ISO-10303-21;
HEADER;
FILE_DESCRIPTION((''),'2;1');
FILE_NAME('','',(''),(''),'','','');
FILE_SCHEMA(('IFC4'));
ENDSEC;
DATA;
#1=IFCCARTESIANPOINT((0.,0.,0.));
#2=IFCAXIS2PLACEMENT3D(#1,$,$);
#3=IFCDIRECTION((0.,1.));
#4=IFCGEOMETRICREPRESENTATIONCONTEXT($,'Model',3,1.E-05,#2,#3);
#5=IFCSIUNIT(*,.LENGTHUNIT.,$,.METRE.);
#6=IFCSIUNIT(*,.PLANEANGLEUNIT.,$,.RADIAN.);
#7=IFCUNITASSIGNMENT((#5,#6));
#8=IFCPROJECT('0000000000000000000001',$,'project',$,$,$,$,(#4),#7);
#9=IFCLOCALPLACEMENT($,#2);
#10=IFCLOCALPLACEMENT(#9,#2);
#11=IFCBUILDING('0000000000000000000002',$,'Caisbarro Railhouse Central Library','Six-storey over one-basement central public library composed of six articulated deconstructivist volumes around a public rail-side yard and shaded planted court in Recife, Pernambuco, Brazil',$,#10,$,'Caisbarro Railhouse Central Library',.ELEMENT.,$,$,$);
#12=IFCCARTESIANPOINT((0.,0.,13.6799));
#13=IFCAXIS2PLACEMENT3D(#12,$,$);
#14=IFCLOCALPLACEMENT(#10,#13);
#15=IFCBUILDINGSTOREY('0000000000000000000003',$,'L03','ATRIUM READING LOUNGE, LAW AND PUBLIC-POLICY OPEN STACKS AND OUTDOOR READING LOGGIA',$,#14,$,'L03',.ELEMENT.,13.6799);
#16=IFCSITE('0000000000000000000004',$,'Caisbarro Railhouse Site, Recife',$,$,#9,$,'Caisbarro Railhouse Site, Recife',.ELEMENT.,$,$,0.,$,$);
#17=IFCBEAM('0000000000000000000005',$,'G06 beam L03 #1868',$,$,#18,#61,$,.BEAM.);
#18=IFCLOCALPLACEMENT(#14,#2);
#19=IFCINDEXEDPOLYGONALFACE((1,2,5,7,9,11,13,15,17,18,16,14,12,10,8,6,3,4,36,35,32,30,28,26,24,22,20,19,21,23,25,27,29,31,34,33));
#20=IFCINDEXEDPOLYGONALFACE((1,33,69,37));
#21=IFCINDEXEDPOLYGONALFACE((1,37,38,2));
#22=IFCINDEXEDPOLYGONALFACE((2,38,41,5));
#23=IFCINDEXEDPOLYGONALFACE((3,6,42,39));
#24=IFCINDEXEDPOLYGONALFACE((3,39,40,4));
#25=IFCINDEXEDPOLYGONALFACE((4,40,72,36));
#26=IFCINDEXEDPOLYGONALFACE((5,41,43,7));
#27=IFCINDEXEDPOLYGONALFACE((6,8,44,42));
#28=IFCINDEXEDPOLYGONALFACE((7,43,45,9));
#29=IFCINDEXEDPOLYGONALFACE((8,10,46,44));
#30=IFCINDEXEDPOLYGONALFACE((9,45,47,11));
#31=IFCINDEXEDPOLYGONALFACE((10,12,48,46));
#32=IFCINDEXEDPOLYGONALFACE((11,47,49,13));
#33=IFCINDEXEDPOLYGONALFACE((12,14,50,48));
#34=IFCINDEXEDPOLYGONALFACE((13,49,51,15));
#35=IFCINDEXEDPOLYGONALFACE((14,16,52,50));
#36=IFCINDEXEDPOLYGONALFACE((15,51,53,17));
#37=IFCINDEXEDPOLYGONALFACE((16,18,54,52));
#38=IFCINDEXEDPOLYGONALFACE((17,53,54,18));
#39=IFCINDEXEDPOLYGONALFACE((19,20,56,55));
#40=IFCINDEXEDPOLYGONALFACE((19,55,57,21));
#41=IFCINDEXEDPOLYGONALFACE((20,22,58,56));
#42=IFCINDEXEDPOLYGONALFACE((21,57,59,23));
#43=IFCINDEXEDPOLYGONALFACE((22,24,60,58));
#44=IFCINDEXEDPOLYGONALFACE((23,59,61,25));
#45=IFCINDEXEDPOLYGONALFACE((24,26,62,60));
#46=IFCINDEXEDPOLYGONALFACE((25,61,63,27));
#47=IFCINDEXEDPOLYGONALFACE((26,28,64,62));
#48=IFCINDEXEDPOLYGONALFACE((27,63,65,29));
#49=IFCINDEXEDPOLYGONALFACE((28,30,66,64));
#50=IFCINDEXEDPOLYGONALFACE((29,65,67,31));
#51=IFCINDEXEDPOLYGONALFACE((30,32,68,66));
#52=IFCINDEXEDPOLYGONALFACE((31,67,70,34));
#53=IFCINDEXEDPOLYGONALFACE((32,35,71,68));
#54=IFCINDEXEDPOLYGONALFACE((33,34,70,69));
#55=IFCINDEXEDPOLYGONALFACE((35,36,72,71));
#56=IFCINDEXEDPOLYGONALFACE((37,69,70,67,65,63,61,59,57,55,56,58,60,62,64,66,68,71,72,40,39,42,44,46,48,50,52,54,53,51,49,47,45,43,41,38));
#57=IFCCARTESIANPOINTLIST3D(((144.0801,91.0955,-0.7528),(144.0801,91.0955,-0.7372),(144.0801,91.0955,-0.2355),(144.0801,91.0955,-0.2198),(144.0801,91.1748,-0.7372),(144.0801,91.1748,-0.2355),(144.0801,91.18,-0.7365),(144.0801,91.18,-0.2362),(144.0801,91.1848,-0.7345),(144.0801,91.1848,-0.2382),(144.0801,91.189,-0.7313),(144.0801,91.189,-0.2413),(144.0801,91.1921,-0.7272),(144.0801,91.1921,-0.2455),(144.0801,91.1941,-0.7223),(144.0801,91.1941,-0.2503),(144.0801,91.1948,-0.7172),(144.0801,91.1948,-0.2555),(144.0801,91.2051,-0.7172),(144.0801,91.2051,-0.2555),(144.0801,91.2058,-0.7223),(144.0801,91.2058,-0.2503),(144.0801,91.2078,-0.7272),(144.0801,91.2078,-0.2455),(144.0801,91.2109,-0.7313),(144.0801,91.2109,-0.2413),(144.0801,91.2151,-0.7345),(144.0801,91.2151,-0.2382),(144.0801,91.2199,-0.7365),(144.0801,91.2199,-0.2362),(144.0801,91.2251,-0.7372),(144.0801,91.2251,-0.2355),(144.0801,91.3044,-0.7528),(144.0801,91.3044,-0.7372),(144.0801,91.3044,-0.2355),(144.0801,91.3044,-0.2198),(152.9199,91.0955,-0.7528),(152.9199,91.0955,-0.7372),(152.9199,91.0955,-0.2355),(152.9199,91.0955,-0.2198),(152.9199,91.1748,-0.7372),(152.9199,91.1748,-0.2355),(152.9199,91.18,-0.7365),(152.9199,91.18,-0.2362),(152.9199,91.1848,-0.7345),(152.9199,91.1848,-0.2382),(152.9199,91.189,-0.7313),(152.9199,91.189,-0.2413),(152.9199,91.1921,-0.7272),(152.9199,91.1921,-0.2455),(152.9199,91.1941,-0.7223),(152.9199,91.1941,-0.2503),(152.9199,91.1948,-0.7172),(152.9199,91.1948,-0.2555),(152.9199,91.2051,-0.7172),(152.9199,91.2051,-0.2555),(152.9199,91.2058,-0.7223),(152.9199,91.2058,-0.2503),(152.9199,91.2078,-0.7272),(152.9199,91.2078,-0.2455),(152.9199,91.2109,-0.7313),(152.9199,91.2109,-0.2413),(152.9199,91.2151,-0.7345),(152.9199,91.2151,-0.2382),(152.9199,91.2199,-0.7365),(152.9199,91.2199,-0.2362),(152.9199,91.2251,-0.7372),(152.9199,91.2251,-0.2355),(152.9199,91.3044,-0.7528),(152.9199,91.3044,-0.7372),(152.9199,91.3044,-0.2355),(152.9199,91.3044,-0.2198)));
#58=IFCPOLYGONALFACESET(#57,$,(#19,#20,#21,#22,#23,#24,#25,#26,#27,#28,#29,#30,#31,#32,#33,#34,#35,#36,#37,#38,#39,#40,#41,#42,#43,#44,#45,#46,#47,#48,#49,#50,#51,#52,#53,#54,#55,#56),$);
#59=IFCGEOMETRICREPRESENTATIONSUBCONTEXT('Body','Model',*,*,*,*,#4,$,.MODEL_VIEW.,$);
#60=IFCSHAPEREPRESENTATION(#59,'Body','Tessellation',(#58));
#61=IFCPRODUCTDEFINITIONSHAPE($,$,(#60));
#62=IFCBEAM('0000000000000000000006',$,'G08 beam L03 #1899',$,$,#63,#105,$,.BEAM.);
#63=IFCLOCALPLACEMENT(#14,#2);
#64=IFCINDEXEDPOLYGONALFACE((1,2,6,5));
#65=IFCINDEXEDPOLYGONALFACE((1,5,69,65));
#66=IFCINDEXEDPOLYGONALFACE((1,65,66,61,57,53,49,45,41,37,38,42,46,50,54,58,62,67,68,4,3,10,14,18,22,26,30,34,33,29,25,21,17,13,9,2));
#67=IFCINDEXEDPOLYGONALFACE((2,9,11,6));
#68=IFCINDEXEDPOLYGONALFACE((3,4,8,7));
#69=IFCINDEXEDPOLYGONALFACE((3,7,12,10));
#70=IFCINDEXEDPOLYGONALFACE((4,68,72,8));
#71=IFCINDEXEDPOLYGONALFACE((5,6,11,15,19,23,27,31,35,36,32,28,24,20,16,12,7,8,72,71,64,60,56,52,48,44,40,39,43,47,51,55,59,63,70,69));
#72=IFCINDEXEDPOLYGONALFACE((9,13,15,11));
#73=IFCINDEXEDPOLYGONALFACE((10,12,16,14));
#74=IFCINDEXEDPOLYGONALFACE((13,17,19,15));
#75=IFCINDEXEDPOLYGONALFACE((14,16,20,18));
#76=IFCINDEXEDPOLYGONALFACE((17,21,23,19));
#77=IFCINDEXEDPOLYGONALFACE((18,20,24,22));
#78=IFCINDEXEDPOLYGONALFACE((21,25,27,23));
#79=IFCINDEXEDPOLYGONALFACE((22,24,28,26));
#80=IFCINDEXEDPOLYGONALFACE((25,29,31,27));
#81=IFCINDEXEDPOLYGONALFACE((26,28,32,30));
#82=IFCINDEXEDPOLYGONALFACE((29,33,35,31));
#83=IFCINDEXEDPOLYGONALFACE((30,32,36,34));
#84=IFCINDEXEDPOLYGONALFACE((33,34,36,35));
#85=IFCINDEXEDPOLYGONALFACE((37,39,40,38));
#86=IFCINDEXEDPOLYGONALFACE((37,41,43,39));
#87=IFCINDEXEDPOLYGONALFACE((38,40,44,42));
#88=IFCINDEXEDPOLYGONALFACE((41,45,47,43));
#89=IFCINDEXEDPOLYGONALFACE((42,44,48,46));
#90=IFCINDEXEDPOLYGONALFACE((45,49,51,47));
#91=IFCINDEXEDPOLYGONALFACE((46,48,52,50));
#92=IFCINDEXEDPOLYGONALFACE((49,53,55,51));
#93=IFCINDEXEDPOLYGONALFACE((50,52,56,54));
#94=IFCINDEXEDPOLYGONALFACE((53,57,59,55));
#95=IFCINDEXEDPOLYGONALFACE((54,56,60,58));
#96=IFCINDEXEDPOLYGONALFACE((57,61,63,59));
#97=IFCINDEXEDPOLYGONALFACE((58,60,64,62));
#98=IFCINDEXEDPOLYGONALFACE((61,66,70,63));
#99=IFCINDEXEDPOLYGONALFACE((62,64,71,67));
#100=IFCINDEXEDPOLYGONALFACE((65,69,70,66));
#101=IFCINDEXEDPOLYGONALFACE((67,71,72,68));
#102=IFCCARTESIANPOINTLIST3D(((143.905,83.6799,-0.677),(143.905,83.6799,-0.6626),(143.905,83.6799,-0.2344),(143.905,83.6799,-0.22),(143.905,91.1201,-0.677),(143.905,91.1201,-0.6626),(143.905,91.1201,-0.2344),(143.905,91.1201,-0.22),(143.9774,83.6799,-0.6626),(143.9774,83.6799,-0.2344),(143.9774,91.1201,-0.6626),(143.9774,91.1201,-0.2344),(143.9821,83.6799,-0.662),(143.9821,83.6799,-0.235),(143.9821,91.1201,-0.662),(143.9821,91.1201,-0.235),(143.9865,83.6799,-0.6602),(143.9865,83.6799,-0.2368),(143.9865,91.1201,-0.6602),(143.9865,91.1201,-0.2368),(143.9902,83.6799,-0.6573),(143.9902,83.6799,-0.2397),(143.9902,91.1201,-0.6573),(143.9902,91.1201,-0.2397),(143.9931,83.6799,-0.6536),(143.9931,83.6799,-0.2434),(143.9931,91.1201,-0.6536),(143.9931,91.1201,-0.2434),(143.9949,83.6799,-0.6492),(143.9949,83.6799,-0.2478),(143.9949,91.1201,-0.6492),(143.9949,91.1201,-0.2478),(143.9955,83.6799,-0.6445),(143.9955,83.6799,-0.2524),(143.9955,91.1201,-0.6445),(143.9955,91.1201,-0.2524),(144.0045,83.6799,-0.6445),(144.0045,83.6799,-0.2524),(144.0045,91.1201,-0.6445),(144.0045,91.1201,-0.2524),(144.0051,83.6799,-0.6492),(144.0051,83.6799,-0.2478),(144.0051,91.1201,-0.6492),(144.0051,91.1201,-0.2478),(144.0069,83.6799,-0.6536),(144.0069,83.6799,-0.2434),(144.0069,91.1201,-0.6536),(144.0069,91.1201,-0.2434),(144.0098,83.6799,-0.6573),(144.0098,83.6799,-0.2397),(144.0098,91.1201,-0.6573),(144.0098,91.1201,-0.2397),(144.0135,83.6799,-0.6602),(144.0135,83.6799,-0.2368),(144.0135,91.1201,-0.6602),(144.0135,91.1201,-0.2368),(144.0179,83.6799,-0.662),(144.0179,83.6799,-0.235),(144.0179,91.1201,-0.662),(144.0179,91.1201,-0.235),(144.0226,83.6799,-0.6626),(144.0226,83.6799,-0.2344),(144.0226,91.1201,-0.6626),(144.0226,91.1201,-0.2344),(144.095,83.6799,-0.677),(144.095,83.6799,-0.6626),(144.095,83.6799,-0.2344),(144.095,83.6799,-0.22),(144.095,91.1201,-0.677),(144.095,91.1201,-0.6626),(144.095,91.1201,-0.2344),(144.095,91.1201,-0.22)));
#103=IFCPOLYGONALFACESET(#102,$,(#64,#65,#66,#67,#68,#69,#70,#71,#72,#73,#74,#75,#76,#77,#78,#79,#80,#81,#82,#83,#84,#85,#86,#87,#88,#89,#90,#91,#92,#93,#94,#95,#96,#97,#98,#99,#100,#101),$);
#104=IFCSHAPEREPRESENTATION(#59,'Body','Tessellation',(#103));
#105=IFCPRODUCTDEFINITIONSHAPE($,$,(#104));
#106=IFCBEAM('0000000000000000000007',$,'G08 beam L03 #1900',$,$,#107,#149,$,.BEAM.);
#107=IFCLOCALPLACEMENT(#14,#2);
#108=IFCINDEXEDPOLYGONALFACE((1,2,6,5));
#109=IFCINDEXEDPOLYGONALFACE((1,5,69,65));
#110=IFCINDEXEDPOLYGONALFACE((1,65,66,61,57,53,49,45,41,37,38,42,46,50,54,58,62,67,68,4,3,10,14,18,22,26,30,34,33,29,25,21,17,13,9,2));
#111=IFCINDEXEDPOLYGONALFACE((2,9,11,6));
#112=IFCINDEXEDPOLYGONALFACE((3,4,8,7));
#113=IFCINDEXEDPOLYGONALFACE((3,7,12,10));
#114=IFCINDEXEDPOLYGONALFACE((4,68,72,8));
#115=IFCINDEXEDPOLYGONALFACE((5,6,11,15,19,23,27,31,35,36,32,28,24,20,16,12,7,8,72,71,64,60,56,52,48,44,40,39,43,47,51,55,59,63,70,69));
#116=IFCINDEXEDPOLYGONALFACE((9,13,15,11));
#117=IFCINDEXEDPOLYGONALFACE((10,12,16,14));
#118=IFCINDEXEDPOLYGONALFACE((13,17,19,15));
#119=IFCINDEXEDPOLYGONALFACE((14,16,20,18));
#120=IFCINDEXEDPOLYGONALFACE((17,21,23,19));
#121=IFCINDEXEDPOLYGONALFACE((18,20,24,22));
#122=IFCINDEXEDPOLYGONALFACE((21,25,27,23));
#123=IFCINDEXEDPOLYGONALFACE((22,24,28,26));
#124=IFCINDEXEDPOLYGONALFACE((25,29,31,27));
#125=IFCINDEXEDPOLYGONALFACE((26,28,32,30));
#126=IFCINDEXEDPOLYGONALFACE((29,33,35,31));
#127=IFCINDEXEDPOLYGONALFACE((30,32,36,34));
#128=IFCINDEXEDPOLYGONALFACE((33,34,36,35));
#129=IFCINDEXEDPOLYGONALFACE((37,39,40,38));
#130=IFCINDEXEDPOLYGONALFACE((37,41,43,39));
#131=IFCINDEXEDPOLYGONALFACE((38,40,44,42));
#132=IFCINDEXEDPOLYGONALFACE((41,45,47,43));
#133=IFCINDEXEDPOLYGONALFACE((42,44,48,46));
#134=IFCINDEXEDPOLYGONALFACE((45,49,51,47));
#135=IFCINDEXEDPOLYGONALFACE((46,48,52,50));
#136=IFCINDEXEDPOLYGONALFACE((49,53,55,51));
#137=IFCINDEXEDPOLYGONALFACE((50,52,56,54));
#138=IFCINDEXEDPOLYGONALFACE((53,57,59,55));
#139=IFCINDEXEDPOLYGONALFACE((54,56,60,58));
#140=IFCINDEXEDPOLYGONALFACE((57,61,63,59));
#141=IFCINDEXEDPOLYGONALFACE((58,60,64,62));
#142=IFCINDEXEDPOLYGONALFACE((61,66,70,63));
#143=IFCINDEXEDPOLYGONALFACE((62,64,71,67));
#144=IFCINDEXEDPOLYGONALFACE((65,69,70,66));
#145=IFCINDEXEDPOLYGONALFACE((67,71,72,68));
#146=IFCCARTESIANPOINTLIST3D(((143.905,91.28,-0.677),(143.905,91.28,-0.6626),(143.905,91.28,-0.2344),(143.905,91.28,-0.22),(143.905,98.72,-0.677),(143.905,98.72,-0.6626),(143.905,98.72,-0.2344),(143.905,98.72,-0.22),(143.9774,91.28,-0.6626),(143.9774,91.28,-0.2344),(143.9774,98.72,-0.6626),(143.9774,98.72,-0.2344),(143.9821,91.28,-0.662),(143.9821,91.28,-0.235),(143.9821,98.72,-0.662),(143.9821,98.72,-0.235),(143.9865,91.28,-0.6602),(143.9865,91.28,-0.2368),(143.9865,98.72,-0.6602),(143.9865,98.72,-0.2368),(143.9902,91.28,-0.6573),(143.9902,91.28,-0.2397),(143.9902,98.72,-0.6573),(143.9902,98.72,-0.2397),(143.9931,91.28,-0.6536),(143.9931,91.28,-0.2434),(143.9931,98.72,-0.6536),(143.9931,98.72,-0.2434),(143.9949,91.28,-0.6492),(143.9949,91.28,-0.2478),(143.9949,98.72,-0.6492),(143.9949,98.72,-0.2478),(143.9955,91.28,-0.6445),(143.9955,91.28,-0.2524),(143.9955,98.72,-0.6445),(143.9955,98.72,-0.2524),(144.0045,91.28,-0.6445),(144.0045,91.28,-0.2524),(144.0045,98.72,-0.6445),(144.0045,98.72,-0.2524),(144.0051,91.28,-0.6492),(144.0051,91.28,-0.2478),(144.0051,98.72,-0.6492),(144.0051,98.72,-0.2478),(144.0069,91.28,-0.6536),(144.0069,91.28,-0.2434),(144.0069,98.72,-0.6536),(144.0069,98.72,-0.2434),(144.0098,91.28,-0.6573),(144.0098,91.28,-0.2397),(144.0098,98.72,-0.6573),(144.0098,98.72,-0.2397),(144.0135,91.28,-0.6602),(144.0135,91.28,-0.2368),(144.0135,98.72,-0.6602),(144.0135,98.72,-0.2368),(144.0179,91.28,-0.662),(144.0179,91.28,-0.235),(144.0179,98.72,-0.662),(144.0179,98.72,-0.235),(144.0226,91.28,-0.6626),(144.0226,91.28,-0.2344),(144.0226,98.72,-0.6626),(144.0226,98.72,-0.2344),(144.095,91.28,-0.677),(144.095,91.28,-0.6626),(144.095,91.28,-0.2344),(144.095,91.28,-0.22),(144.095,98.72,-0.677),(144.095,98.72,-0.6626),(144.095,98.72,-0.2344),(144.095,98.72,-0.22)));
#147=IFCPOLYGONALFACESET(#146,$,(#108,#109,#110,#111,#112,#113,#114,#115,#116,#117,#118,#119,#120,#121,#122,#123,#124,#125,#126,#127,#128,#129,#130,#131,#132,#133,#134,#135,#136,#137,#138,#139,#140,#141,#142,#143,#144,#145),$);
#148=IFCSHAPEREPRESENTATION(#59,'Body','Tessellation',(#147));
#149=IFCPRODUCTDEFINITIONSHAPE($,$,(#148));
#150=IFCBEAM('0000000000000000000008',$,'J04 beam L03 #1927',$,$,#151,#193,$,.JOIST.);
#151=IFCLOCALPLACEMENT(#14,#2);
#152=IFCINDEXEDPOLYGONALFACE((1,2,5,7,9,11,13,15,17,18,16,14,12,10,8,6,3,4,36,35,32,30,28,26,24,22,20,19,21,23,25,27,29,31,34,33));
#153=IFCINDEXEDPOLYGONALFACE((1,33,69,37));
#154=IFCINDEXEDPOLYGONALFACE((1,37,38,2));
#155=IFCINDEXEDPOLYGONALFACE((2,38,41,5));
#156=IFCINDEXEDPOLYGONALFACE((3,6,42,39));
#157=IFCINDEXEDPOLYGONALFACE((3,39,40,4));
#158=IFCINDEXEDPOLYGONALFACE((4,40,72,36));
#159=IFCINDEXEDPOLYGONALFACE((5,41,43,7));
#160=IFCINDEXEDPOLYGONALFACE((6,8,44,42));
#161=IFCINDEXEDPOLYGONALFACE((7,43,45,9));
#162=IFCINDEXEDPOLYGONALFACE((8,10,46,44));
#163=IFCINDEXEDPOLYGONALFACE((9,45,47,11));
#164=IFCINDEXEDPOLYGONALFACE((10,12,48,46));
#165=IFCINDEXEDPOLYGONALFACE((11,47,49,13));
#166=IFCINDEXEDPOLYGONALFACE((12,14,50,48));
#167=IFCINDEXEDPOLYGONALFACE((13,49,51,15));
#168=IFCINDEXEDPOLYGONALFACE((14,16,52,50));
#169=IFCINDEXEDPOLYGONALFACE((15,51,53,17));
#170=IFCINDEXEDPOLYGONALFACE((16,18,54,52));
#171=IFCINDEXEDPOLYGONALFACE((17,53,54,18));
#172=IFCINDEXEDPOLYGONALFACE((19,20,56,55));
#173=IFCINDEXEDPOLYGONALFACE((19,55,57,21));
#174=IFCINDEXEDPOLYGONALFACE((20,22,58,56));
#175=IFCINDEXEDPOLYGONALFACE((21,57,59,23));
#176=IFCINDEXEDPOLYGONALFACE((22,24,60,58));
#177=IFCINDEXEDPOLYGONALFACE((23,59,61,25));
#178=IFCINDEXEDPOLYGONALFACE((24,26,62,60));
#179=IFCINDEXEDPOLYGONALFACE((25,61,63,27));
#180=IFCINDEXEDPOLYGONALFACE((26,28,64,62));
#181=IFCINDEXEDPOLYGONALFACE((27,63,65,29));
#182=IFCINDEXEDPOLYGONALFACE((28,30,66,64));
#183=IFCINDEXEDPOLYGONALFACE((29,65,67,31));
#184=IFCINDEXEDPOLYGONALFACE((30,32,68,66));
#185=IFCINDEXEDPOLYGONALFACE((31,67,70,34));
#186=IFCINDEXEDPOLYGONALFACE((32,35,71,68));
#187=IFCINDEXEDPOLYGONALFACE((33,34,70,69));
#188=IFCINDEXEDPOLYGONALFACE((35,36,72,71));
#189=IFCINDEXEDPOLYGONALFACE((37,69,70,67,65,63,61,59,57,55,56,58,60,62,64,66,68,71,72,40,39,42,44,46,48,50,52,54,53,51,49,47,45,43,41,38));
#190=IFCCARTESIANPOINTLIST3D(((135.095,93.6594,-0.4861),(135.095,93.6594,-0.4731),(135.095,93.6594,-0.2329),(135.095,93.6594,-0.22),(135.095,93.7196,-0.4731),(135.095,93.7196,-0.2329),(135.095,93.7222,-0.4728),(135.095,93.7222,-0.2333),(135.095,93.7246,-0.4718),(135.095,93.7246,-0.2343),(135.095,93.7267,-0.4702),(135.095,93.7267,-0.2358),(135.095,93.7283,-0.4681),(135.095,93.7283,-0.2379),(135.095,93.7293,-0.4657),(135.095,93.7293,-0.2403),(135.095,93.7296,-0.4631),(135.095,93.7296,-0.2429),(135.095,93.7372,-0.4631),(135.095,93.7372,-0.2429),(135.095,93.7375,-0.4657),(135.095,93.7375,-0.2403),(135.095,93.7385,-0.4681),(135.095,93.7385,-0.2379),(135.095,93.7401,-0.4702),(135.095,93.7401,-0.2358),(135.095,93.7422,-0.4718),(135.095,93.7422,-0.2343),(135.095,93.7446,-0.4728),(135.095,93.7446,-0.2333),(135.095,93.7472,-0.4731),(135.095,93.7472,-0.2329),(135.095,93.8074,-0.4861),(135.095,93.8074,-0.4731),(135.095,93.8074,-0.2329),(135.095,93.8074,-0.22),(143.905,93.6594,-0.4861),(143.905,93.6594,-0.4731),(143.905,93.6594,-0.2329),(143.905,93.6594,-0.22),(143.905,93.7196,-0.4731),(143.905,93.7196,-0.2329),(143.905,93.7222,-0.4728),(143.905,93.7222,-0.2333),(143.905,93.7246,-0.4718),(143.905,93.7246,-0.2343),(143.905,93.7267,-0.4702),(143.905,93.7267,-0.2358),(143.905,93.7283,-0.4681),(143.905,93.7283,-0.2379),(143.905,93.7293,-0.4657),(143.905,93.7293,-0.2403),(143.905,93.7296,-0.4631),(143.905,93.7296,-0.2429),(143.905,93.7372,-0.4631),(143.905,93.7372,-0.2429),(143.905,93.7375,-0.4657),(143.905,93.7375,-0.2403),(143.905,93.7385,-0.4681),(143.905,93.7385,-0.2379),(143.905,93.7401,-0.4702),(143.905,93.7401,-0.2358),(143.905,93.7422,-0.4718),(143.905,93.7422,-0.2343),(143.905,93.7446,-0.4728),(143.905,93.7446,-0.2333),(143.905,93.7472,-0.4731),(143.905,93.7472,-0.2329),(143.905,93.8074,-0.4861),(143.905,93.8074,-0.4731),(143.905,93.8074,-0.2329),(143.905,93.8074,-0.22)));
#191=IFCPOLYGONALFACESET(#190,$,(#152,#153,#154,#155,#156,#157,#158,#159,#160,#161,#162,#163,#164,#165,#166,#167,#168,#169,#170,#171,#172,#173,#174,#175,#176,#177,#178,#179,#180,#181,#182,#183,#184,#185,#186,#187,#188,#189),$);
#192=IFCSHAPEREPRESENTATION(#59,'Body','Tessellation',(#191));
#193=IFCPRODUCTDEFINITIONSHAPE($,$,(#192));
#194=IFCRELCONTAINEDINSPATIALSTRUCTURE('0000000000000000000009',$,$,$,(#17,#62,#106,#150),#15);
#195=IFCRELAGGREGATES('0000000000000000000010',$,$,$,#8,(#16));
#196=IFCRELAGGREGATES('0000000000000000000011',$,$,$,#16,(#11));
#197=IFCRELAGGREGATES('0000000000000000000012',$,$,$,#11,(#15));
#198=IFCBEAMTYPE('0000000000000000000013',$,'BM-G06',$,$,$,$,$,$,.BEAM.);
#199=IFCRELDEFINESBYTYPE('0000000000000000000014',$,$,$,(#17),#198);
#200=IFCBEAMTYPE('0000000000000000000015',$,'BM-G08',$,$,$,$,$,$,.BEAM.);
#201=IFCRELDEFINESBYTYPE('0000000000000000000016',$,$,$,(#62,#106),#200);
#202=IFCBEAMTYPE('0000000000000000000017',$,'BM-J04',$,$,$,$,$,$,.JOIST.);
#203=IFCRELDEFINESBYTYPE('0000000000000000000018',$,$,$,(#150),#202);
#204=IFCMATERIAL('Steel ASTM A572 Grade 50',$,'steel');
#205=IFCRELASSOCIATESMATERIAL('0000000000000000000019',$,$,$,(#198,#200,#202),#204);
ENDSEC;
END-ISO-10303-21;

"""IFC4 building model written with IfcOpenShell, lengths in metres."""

from ifc_helpers import new_model, si_unit, direction, frame, origin, origin_2d, place, context, subcontext, project, spatial, i_section, extrude, material, material_profile, profile_set, type_object, element, save


model = new_model("IFC4")

# Units and contexts
model_context = context("Model", 3, precision=1e-05, world=origin(), true_north=direction((0.0, 1.0)))
body_context = subcontext(model_context, "Body", "Model", "MODEL_VIEW")
ifc_project = project(units=[si_unit("LENGTHUNIT", "METRE"), si_unit("PLANEANGLEUNIT", "RADIAN")], contexts=[model_context])

# Site, building, storey
site_placement = place(None, origin())
site = spatial("IfcSite", under=ifc_project, at=site_placement, Name="Caisbarro Railhouse Site, Recife", LongName="Caisbarro Railhouse Site, Recife", CompositionType="ELEMENT", RefElevation=0.0)
building_placement = place(site_placement, origin())
building = spatial("IfcBuilding", under=site, at=building_placement, Name="Caisbarro Railhouse Central Library", Description="Six-storey over one-basement central public library composed of six articulated deconstructivist volumes around a public rail-side yard and shaded planted court in Recife, Pernambuco, Brazil", LongName="Caisbarro Railhouse Central Library", CompositionType="ELEMENT")
storey_placement = place(building_placement, frame((0.0, 0.0, 13.6799)))
storey = spatial("IfcBuildingStorey", under=building, at=storey_placement, Name="L03", Description="ATRIUM READING LOUNGE, LAW AND PUBLIC-POLICY OPEN STACKS AND OUTDOOR READING LOGGIA", LongName="L03", CompositionType="ELEMENT", Elevation=13.6799)

# Shared definitions
ifc_material_1 = material(Name="Steel ASTM A572 Grade 50", Category="steel")

# Beams
ifc_material_profile_1 = material_profile(ifc_material_1, i_section(OverallWidth=0.209, OverallDepth=0.533, WebThickness=0.0103, FlangeThickness=0.0156, FilletRadius=0.02, at=origin_2d()), Name="W530X92.0")
ifc_profile_set_1 = profile_set([ifc_material_profile_1], Name="Steel ASTM A572 Grade 50")
beam_type_1 = type_object("IfcBeamType", Name="BM-G06", PredefinedType="BEAM", material=ifc_profile_set_1)
for number, where, z_axis, x_axis, name in (
    (1, (144.0801, 91.2, -0.4863), (1.0, 0.0, 0.0), (0.0, 1.0, 0.0), "G06 beam L03 #1868"),
):
    element("IfcBeam", number, at=place(storey_placement, frame(where, z_axis=z_axis, x_axis=x_axis)), inside=storey, type_object=beam_type_1, Name=name, PredefinedType="BEAM", context=body_context, shape_type="SweptSolid", body=[
        extrude(i_section(OverallWidth=0.209, OverallDepth=0.533, WebThickness=0.0103, FlangeThickness=0.0156, FilletRadius=0.02, at=origin_2d()), origin(), (0.0, 0.0, 1.0), 8.8398),
    ])
ifc_material_profile_2 = material_profile(ifc_material_1, i_section(OverallWidth=0.1899, OverallDepth=0.457, WebThickness=0.009, FlangeThickness=0.0144, FilletRadius=0.0181, at=origin_2d()), Name="W460X74.0")
ifc_profile_set_2 = profile_set([ifc_material_profile_2], Name="Steel ASTM A572 Grade 50")
beam_type_2 = type_object("IfcBeamType", Name="BM-G08", PredefinedType="BEAM", material=ifc_profile_set_2)
beam_1_placement = place(storey_placement, frame((144.0, 83.6799, -0.4485), z_axis=(0.0, 1.0, 0.0), x_axis=(-1.0, 0.0, 0.0)))
element("IfcBeam", 2, at=beam_1_placement, inside=storey, type_object=beam_type_2, Name="G08 beam L03 #1899", PredefinedType="BEAM", context=body_context, shape_type="SweptSolid", body=[
    extrude(i_section(OverallWidth=0.1899, OverallDepth=0.457, WebThickness=0.009, FlangeThickness=0.0144, FilletRadius=0.0181, at=origin_2d()), origin(), (0.0, 0.0, 1.0), 7.4402),
])
beam_2_placement = place(storey_placement, frame((144.0, 91.28, -0.4485), z_axis=(0.0, 1.0, 0.0), x_axis=(-1.0, 0.0, 0.0)))
element("IfcBeam", 3, at=beam_2_placement, inside=storey, type_object=beam_type_2, Name="G08 beam L03 #1900", PredefinedType="BEAM", context=body_context, shape_type="SweptSolid", body=[
    extrude(i_section(OverallWidth=0.1899, OverallDepth=0.457, WebThickness=0.009, FlangeThickness=0.0144, FilletRadius=0.0181, at=origin_2d()), origin(), (0.0, 0.0, 1.0), 7.4399),
])
ifc_material_profile_3 = material_profile(ifc_material_1, i_section(OverallWidth=0.1479, OverallDepth=0.2661, WebThickness=0.0076, FlangeThickness=0.0129, FilletRadius=0.01, at=origin_2d()), Name="W250X44.8")
ifc_profile_set_3 = profile_set([ifc_material_profile_3], Name="Steel ASTM A572 Grade 50")
beam_type_3 = type_object("IfcBeamType", Name="BM-J04", PredefinedType="JOIST", material=ifc_profile_set_3)
for number, where, z_axis, x_axis, name in (
    (4, (135.095, 93.7334, -0.353), (1.0, 0.0, 0.0), (0.0, 1.0, 0.0), "J04 beam L03 #1927"),
):
    element("IfcBeam", number, at=place(storey_placement, frame(where, z_axis=z_axis, x_axis=x_axis)), inside=storey, type_object=beam_type_3, Name=name, PredefinedType="JOIST", context=body_context, shape_type="SweptSolid", body=[
        extrude(i_section(OverallWidth=0.1479, OverallDepth=0.2661, WebThickness=0.0076, FlangeThickness=0.0129, FilletRadius=0.01, at=origin_2d()), origin(), (0.0, 0.0, 1.0), 8.8101),
    ])

save(model, "model.ifc")
